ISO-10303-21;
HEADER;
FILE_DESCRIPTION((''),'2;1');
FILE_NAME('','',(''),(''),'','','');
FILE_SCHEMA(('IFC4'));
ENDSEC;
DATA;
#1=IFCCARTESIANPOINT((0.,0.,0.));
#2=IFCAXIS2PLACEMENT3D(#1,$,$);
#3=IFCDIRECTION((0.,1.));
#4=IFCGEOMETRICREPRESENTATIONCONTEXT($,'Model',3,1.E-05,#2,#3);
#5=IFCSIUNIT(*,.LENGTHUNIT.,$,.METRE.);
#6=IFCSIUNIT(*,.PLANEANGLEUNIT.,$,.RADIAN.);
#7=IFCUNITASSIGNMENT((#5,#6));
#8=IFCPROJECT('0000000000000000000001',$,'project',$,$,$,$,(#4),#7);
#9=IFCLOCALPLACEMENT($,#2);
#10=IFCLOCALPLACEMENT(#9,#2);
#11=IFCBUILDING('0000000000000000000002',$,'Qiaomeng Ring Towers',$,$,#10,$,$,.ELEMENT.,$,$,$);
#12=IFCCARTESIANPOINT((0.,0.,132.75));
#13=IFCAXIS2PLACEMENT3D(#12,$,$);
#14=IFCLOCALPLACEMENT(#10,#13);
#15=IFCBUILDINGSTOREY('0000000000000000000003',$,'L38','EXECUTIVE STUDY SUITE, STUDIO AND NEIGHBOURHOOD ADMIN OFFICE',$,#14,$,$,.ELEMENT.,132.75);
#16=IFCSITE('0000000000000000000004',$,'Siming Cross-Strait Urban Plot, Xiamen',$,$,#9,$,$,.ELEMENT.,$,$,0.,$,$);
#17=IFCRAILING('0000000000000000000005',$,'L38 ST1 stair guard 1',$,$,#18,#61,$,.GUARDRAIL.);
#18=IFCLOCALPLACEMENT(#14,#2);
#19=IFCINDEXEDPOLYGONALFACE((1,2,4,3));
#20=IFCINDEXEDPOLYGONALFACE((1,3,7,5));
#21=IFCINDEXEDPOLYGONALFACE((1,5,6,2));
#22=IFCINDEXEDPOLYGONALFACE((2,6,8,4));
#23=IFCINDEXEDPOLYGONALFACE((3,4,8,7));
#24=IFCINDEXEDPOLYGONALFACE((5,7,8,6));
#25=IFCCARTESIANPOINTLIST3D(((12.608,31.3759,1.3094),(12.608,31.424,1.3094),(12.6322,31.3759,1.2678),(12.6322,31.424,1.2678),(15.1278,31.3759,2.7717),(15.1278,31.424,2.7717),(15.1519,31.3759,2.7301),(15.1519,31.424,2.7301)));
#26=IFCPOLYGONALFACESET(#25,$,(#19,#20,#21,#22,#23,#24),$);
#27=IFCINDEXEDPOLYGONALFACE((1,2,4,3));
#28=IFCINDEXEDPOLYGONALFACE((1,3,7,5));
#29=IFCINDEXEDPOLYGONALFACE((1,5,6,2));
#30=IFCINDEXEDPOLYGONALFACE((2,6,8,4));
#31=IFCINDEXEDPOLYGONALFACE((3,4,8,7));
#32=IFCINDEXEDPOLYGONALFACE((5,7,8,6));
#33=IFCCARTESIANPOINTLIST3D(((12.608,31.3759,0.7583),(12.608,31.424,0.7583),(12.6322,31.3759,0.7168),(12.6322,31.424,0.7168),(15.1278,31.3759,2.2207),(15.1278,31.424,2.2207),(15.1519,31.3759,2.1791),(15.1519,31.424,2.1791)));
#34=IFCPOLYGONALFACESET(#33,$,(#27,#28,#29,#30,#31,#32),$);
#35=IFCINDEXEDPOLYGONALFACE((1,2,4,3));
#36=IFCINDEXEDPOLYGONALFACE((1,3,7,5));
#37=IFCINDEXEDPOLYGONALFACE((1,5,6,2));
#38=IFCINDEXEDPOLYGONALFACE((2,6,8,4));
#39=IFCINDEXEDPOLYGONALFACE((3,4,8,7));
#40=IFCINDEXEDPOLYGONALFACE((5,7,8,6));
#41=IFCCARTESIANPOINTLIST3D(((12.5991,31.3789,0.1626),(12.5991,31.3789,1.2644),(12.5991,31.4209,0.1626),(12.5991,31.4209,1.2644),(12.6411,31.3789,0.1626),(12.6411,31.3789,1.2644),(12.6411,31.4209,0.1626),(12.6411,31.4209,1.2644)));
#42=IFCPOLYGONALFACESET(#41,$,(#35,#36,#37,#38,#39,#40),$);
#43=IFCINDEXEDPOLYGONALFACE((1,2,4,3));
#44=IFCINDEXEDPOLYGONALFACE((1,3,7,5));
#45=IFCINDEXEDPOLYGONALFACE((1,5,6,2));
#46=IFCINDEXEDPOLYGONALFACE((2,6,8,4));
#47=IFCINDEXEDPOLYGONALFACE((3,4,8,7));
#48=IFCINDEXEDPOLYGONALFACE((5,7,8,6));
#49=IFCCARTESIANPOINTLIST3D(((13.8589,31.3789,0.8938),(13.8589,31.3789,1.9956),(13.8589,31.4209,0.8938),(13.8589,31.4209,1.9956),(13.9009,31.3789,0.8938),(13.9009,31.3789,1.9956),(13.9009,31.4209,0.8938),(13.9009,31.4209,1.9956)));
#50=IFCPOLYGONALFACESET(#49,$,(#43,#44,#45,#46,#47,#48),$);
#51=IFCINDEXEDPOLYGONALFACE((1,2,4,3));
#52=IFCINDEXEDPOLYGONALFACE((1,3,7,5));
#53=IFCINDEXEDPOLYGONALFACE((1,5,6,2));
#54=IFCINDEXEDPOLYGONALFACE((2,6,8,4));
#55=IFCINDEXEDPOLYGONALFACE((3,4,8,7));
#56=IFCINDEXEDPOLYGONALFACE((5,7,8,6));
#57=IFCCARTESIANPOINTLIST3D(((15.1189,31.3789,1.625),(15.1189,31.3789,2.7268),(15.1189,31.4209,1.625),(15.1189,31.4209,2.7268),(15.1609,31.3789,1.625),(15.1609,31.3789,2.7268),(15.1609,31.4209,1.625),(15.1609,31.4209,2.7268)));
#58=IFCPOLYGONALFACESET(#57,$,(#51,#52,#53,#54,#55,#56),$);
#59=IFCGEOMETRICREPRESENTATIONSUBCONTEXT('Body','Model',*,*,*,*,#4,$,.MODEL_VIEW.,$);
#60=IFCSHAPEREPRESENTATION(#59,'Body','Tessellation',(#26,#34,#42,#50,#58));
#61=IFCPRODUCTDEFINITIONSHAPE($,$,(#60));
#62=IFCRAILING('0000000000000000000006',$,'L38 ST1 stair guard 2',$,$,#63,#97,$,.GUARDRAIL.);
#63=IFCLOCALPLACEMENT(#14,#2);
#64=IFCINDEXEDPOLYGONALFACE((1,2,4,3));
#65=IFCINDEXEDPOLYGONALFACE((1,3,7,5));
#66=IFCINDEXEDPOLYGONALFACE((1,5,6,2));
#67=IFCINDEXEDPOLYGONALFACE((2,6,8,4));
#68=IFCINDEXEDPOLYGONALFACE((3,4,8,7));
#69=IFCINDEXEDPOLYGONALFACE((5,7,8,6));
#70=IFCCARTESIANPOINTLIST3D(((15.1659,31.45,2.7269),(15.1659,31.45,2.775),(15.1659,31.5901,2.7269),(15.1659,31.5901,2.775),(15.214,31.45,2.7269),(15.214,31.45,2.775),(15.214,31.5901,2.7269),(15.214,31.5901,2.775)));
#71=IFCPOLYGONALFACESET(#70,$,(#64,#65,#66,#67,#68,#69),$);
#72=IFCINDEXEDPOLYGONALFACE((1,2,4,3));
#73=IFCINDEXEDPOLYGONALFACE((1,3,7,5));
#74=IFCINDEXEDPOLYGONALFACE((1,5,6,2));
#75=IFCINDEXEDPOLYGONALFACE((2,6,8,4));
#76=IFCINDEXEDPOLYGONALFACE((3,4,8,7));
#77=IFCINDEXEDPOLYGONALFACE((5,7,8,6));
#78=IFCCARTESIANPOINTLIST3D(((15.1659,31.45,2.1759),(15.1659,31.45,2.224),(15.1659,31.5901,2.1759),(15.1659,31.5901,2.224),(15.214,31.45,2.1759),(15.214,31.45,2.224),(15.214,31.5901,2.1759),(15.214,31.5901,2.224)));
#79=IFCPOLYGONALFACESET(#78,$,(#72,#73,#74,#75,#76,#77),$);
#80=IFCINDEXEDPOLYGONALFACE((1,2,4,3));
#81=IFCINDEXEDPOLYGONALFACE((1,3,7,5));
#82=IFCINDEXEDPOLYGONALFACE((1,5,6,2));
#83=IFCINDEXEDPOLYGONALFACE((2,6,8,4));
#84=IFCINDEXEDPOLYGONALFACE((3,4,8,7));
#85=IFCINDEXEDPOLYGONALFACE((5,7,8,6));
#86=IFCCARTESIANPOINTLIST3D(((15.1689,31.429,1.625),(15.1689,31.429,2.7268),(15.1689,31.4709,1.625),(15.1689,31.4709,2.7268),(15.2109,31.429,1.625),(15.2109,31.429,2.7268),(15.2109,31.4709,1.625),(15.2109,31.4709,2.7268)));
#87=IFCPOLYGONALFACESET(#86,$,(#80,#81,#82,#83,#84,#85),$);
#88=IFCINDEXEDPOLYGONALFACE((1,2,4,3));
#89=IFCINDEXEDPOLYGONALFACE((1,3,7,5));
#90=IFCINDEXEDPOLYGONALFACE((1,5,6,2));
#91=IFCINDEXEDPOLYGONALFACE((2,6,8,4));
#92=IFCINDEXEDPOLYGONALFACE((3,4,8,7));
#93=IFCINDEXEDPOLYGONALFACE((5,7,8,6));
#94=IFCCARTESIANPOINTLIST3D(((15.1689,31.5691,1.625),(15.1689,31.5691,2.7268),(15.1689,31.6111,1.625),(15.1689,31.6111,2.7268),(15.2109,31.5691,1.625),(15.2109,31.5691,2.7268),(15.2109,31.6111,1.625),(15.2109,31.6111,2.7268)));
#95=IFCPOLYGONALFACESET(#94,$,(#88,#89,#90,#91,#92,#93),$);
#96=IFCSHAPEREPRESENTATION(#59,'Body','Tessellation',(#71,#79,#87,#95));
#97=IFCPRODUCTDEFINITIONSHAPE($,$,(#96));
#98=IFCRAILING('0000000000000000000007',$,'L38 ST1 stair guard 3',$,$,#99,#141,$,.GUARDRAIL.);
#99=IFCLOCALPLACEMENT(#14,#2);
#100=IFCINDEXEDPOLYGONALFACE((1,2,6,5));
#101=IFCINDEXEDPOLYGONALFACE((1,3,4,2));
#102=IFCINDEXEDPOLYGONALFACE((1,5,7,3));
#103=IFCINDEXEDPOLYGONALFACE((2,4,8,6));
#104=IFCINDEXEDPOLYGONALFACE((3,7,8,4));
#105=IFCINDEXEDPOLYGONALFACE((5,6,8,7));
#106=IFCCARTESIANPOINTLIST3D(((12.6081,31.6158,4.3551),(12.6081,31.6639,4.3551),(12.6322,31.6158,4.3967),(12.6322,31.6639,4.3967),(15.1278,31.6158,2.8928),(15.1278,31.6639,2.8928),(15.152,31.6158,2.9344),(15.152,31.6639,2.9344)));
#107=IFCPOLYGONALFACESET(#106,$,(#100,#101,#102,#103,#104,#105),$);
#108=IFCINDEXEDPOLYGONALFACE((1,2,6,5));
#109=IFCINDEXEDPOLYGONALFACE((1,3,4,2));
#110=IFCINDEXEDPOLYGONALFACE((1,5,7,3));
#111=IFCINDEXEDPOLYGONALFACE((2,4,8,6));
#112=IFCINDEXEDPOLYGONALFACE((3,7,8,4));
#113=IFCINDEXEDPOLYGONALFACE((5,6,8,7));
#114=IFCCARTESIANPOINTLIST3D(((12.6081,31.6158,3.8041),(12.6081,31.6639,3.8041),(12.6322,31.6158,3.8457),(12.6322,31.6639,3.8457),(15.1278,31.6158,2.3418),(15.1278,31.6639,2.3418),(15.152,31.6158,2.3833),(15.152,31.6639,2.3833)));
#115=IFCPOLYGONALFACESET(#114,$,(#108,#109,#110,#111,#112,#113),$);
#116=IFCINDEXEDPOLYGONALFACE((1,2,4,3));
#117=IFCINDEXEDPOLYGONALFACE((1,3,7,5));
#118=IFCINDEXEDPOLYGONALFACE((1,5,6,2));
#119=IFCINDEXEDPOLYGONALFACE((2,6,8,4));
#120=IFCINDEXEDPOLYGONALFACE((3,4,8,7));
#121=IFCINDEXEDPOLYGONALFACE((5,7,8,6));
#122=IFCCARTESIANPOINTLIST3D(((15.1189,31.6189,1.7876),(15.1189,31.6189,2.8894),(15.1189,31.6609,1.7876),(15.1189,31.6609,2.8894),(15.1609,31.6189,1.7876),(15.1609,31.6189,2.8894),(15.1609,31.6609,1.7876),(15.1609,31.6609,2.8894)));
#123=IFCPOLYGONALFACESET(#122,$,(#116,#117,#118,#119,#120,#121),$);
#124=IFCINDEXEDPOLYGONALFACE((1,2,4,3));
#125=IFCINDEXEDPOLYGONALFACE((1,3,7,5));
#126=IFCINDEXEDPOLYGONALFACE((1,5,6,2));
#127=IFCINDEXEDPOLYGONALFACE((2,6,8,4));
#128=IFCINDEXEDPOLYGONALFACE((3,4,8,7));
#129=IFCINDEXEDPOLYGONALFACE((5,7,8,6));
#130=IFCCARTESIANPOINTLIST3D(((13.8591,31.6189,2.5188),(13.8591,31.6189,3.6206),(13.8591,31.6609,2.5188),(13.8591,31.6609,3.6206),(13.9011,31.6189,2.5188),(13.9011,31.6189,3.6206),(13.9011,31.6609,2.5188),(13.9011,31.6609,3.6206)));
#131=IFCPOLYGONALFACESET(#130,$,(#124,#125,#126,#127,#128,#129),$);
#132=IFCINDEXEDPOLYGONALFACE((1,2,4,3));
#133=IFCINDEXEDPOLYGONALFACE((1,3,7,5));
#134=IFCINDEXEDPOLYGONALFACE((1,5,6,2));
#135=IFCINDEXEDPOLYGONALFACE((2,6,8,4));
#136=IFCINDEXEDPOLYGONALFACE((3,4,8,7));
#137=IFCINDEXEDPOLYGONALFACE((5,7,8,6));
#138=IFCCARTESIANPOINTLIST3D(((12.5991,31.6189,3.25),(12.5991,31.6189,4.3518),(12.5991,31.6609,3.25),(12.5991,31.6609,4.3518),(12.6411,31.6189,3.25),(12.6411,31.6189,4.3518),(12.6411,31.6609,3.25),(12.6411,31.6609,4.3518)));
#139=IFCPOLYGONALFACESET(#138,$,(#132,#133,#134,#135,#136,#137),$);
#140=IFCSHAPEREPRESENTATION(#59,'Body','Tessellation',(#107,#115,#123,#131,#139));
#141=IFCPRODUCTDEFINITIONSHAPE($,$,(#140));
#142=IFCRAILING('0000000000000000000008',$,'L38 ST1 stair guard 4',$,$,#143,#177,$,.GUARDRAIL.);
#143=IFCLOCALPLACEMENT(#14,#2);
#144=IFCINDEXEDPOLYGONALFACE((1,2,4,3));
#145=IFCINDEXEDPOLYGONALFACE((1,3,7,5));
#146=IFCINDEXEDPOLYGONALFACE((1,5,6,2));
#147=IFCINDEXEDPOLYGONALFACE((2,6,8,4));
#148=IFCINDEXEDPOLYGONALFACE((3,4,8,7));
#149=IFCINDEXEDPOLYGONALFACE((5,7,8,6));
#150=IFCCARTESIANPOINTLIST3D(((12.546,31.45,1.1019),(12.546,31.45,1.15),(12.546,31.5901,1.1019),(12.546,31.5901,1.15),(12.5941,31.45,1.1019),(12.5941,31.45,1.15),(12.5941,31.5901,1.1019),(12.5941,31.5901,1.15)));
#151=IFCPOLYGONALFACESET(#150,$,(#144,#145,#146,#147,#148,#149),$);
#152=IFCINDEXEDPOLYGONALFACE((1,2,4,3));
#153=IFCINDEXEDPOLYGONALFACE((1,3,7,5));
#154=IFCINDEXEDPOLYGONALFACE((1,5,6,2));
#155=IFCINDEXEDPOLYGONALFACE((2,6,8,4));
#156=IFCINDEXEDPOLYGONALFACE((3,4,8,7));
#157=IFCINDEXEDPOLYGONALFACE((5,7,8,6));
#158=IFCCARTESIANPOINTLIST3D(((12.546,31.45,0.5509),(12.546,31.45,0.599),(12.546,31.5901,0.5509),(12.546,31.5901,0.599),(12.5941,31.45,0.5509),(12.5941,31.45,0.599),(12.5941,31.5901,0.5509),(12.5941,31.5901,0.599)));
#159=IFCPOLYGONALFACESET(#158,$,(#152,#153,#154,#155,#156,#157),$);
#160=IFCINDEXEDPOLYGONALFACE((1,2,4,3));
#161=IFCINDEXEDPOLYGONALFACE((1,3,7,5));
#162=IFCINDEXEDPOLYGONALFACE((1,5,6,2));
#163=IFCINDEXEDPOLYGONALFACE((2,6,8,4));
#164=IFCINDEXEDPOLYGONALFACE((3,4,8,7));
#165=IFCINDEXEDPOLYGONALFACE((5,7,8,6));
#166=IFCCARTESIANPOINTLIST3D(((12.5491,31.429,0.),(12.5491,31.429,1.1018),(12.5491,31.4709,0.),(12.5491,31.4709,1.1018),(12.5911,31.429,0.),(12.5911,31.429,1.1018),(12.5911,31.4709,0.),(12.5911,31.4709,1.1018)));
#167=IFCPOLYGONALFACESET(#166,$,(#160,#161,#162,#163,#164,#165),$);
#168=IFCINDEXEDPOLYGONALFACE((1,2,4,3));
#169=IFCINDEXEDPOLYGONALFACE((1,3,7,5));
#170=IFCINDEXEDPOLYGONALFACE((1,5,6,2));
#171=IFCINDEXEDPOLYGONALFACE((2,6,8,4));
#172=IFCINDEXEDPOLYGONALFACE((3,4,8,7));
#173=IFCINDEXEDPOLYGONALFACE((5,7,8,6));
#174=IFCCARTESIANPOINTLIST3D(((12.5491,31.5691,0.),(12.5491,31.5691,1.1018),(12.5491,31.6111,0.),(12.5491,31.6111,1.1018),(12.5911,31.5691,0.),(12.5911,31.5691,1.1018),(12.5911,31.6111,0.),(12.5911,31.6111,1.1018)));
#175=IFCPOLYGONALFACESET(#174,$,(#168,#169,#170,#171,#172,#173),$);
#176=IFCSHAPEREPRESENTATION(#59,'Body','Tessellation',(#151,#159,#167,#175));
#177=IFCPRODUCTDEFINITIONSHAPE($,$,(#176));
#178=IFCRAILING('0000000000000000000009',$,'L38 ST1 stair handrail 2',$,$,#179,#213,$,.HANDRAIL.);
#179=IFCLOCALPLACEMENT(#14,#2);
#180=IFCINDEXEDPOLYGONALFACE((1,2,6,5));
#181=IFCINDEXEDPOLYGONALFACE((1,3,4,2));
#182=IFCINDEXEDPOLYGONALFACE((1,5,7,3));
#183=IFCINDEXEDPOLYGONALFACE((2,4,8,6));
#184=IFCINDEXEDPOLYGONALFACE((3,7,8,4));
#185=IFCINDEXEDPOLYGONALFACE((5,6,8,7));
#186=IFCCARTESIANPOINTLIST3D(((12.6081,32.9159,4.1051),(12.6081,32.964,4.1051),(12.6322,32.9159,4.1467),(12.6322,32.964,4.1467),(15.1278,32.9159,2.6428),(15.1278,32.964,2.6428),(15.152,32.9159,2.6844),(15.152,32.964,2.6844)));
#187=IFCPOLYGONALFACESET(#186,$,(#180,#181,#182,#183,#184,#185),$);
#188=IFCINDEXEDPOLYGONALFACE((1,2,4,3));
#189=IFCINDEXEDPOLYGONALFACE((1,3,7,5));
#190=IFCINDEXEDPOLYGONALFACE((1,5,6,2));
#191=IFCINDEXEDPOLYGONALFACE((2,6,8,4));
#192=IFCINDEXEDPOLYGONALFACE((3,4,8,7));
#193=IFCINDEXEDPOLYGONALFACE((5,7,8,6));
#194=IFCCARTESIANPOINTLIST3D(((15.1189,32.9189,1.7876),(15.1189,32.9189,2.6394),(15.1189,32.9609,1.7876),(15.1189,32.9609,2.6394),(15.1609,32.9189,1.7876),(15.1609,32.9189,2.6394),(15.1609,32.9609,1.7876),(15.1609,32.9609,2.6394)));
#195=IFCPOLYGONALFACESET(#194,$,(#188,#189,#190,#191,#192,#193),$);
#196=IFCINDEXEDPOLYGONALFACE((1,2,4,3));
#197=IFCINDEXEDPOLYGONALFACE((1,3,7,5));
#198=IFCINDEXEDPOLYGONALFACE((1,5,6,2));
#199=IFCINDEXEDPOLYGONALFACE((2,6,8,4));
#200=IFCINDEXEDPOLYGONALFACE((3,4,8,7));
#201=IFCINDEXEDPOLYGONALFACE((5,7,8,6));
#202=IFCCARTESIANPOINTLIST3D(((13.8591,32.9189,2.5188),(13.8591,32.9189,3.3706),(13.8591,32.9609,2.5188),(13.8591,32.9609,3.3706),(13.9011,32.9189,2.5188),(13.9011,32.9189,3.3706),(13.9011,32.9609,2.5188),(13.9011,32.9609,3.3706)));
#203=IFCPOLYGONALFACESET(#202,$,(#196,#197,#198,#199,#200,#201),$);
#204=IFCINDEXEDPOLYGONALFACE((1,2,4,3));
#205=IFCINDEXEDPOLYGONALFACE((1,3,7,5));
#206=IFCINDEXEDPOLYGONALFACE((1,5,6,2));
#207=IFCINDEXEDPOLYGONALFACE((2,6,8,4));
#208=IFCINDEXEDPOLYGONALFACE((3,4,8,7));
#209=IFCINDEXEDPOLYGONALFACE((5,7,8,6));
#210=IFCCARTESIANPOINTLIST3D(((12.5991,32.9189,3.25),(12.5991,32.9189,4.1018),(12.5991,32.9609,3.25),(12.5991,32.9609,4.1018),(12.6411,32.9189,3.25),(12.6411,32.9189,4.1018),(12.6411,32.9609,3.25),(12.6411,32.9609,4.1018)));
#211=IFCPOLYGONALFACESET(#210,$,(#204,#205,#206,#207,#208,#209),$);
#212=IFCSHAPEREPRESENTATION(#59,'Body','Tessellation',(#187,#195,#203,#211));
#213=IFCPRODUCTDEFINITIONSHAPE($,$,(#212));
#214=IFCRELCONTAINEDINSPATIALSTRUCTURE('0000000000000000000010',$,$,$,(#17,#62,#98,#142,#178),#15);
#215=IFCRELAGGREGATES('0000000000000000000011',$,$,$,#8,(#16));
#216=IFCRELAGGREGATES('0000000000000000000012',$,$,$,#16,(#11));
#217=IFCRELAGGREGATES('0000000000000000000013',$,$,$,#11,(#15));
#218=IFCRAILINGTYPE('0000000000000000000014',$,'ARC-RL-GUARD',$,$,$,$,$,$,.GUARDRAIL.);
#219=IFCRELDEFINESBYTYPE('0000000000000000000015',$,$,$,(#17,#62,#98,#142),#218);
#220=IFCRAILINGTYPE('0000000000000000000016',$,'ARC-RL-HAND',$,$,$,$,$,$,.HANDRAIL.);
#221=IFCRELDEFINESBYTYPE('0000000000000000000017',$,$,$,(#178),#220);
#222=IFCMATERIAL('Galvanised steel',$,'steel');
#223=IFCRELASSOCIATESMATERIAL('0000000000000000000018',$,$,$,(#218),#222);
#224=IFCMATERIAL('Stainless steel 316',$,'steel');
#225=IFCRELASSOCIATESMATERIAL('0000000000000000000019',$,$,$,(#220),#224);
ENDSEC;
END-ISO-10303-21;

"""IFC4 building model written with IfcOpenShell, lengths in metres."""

from ifc_helpers import new_model, si_unit, direction, frame, origin, origin_2d, place, context, subcontext, project, spatial, rectangle, extrude, material, type_object, element, save


model = new_model("IFC4")

# Units and contexts
model_context = context("Model", 3, precision=1e-05, world=origin(), true_north=direction((0.0, 1.0)))
body_context = subcontext(model_context, "Body", "Model", "MODEL_VIEW")
ifc_project = project(units=[si_unit("LENGTHUNIT", "METRE"), si_unit("PLANEANGLEUNIT", "RADIAN")], contexts=[model_context])

# Site, building, storey
site_placement = place(None, origin())
site = spatial("IfcSite", under=ifc_project, at=site_placement, Name="Siming Cross-Strait Urban Plot, Xiamen", CompositionType="ELEMENT", RefElevation=0.0)
building_placement = place(site_placement, origin())
building = spatial("IfcBuilding", under=site, at=building_placement, Name="Qiaomeng Ring Towers", CompositionType="ELEMENT")
storey_placement = place(building_placement, frame((0.0, 0.0, 132.75)))
storey = spatial("IfcBuildingStorey", under=building, at=storey_placement, Name="L38", Description="EXECUTIVE STUDY SUITE, STUDIO AND NEIGHBOURHOOD ADMIN OFFICE", CompositionType="ELEMENT", Elevation=132.75)

# Shared definitions
ifc_material_1 = material(Name="Galvanised steel", Category="steel")

# Railings
railing_type_1 = type_object("IfcRailingType", Name="ARC-RL-GUARD", PredefinedType="GUARDRAIL", material=ifc_material_1)
railing_1_placement = place(storey_placement, frame((12.6201, 31.3999, 0.1626)))
element("IfcRailing", 1, at=railing_1_placement, inside=storey, type_object=railing_type_1, Name="L38 ST1 stair guard 1", PredefinedType="GUARDRAIL", context=body_context, shape_type="SweptSolid", body=[
    extrude(rectangle(XDim=0.0481, YDim=0.0481, at=origin_2d()), frame((0.0, 0.0, 1.126), z_axis=(0.864892, 0.0, 0.501958), x_axis=(0.0, 1.0, 0.0)), (0.0, 0.0, 1.0), 2.9133),
    extrude(rectangle(XDim=0.0481, YDim=0.0481, at=origin_2d()), frame((0.0, 0.0, 0.575), z_axis=(0.864892, 0.0, 0.501958), x_axis=(0.0, 1.0, 0.0)), (0.0, 0.0, 1.0), 2.9133),
    extrude(rectangle(XDim=0.042, YDim=0.042, at=origin_2d()), origin(), (0.0, 0.0, 1.0), 1.1018),
    extrude(rectangle(XDim=0.042, YDim=0.042, at=origin_2d()), frame((1.2598, 0.0, 0.7312)), (0.0, 0.0, 1.0), 1.1018),
    extrude(rectangle(XDim=0.042, YDim=0.042, at=origin_2d()), frame((2.5198, 0.0, 1.4624)), (0.0, 0.0, 1.0), 1.1018),
])
railing_2_placement = place(storey_placement, frame((15.1899, 31.45, 1.625)))
element("IfcRailing", 2, at=railing_2_placement, inside=storey, type_object=railing_type_1, Name="L38 ST1 stair guard 2", PredefinedType="GUARDRAIL", context=body_context, shape_type="SweptSolid", body=[
    extrude(rectangle(XDim=0.0481, YDim=0.0481, at=origin_2d()), frame((0.0, 0.0, 1.126), z_axis=(0.0, 1.0, 0.0), x_axis=(-1.0, 0.0, 0.0)), (0.0, 0.0, 1.0), 0.1401),
    extrude(rectangle(XDim=0.0481, YDim=0.0481, at=origin_2d()), frame((0.0, 0.0, 0.575), z_axis=(0.0, 1.0, 0.0), x_axis=(-1.0, 0.0, 0.0)), (0.0, 0.0, 1.0), 0.1401),
    extrude(rectangle(XDim=0.042, YDim=0.042, at=origin_2d()), origin(), (0.0, 0.0, 1.0), 1.1018),
    extrude(rectangle(XDim=0.042, YDim=0.042, at=origin_2d()), frame((0.0, 0.1401, 0.0)), (0.0, 0.0, 1.0), 1.1018),
])
railing_3_placement = place(storey_placement, frame((15.1399, 31.6399, 1.7876)))
element("IfcRailing", 3, at=railing_3_placement, inside=storey, type_object=railing_type_1, Name="L38 ST1 stair guard 3", PredefinedType="GUARDRAIL", context=body_context, shape_type="SweptSolid", body=[
    extrude(rectangle(XDim=0.0481, YDim=0.0481, at=origin_2d()), frame((0.0, 0.0, 1.126), z_axis=(-0.864892, 0.0, 0.501958), x_axis=(0.0, -1.0, 0.0)), (0.0, 0.0, 1.0), 2.9133),
    extrude(rectangle(XDim=0.0481, YDim=0.0481, at=origin_2d()), frame((0.0, 0.0, 0.575), z_axis=(-0.864892, 0.0, 0.501958), x_axis=(0.0, -1.0, 0.0)), (0.0, 0.0, 1.0), 2.9133),
    extrude(rectangle(XDim=0.042, YDim=0.042, at=origin_2d()), origin(), (0.0, 0.0, 1.0), 1.1018),
    extrude(rectangle(XDim=0.042, YDim=0.042, at=origin_2d()), frame((-1.2598, 0.0, 0.7312)), (0.0, 0.0, 1.0), 1.1018),
    extrude(rectangle(XDim=0.042, YDim=0.042, at=origin_2d()), frame((-2.5198, 0.0, 1.4624)), (0.0, 0.0, 1.0), 1.1018),
])
railing_4_placement = place(storey_placement, frame((12.5701, 31.45, 0.0)))
element("IfcRailing", 4, at=railing_4_placement, inside=storey, type_object=railing_type_1, Name="L38 ST1 stair guard 4", PredefinedType="GUARDRAIL", context=body_context, shape_type="SweptSolid", body=[
    extrude(rectangle(XDim=0.0481, YDim=0.0481, at=origin_2d()), frame((0.0, 0.0, 1.126), z_axis=(0.0, 1.0, 0.0), x_axis=(-1.0, 0.0, 0.0)), (0.0, 0.0, 1.0), 0.1401),
    extrude(rectangle(XDim=0.0481, YDim=0.0481, at=origin_2d()), frame((0.0, 0.0, 0.575), z_axis=(0.0, 1.0, 0.0), x_axis=(-1.0, 0.0, 0.0)), (0.0, 0.0, 1.0), 0.1401),
    extrude(rectangle(XDim=0.042, YDim=0.042, at=origin_2d()), origin(), (0.0, 0.0, 1.0), 1.1018),
    extrude(rectangle(XDim=0.042, YDim=0.042, at=origin_2d()), frame((0.0, 0.1401, 0.0)), (0.0, 0.0, 1.0), 1.1018),
])
ifc_material_2 = material(Name="Stainless steel 316", Category="steel")
railing_type_2 = type_object("IfcRailingType", Name="ARC-RL-HAND", PredefinedType="HANDRAIL", material=ifc_material_2)
railing_5_placement = place(storey_placement, frame((15.1399, 32.9399, 1.7876)))
element("IfcRailing", 5, at=railing_5_placement, inside=storey, type_object=railing_type_2, Name="L38 ST1 stair handrail 2", PredefinedType="HANDRAIL", context=body_context, shape_type="SweptSolid", body=[
    extrude(rectangle(XDim=0.0481, YDim=0.0481, at=origin_2d()), frame((0.0, 0.0, 0.876), z_axis=(-0.864892, 0.0, 0.501958), x_axis=(0.0, -1.0, 0.0)), (0.0, 0.0, 1.0), 2.9133),
    extrude(rectangle(XDim=0.042, YDim=0.042, at=origin_2d()), origin(), (0.0, 0.0, 1.0), 0.8518),
    extrude(rectangle(XDim=0.042, YDim=0.042, at=origin_2d()), frame((-1.2598, 0.0, 0.7312)), (0.0, 0.0, 1.0), 0.8518),
    extrude(rectangle(XDim=0.042, YDim=0.042, at=origin_2d()), frame((-2.5198, 0.0, 1.4624)), (0.0, 0.0, 1.0), 0.8518),
])

save(model, "model.ifc")
